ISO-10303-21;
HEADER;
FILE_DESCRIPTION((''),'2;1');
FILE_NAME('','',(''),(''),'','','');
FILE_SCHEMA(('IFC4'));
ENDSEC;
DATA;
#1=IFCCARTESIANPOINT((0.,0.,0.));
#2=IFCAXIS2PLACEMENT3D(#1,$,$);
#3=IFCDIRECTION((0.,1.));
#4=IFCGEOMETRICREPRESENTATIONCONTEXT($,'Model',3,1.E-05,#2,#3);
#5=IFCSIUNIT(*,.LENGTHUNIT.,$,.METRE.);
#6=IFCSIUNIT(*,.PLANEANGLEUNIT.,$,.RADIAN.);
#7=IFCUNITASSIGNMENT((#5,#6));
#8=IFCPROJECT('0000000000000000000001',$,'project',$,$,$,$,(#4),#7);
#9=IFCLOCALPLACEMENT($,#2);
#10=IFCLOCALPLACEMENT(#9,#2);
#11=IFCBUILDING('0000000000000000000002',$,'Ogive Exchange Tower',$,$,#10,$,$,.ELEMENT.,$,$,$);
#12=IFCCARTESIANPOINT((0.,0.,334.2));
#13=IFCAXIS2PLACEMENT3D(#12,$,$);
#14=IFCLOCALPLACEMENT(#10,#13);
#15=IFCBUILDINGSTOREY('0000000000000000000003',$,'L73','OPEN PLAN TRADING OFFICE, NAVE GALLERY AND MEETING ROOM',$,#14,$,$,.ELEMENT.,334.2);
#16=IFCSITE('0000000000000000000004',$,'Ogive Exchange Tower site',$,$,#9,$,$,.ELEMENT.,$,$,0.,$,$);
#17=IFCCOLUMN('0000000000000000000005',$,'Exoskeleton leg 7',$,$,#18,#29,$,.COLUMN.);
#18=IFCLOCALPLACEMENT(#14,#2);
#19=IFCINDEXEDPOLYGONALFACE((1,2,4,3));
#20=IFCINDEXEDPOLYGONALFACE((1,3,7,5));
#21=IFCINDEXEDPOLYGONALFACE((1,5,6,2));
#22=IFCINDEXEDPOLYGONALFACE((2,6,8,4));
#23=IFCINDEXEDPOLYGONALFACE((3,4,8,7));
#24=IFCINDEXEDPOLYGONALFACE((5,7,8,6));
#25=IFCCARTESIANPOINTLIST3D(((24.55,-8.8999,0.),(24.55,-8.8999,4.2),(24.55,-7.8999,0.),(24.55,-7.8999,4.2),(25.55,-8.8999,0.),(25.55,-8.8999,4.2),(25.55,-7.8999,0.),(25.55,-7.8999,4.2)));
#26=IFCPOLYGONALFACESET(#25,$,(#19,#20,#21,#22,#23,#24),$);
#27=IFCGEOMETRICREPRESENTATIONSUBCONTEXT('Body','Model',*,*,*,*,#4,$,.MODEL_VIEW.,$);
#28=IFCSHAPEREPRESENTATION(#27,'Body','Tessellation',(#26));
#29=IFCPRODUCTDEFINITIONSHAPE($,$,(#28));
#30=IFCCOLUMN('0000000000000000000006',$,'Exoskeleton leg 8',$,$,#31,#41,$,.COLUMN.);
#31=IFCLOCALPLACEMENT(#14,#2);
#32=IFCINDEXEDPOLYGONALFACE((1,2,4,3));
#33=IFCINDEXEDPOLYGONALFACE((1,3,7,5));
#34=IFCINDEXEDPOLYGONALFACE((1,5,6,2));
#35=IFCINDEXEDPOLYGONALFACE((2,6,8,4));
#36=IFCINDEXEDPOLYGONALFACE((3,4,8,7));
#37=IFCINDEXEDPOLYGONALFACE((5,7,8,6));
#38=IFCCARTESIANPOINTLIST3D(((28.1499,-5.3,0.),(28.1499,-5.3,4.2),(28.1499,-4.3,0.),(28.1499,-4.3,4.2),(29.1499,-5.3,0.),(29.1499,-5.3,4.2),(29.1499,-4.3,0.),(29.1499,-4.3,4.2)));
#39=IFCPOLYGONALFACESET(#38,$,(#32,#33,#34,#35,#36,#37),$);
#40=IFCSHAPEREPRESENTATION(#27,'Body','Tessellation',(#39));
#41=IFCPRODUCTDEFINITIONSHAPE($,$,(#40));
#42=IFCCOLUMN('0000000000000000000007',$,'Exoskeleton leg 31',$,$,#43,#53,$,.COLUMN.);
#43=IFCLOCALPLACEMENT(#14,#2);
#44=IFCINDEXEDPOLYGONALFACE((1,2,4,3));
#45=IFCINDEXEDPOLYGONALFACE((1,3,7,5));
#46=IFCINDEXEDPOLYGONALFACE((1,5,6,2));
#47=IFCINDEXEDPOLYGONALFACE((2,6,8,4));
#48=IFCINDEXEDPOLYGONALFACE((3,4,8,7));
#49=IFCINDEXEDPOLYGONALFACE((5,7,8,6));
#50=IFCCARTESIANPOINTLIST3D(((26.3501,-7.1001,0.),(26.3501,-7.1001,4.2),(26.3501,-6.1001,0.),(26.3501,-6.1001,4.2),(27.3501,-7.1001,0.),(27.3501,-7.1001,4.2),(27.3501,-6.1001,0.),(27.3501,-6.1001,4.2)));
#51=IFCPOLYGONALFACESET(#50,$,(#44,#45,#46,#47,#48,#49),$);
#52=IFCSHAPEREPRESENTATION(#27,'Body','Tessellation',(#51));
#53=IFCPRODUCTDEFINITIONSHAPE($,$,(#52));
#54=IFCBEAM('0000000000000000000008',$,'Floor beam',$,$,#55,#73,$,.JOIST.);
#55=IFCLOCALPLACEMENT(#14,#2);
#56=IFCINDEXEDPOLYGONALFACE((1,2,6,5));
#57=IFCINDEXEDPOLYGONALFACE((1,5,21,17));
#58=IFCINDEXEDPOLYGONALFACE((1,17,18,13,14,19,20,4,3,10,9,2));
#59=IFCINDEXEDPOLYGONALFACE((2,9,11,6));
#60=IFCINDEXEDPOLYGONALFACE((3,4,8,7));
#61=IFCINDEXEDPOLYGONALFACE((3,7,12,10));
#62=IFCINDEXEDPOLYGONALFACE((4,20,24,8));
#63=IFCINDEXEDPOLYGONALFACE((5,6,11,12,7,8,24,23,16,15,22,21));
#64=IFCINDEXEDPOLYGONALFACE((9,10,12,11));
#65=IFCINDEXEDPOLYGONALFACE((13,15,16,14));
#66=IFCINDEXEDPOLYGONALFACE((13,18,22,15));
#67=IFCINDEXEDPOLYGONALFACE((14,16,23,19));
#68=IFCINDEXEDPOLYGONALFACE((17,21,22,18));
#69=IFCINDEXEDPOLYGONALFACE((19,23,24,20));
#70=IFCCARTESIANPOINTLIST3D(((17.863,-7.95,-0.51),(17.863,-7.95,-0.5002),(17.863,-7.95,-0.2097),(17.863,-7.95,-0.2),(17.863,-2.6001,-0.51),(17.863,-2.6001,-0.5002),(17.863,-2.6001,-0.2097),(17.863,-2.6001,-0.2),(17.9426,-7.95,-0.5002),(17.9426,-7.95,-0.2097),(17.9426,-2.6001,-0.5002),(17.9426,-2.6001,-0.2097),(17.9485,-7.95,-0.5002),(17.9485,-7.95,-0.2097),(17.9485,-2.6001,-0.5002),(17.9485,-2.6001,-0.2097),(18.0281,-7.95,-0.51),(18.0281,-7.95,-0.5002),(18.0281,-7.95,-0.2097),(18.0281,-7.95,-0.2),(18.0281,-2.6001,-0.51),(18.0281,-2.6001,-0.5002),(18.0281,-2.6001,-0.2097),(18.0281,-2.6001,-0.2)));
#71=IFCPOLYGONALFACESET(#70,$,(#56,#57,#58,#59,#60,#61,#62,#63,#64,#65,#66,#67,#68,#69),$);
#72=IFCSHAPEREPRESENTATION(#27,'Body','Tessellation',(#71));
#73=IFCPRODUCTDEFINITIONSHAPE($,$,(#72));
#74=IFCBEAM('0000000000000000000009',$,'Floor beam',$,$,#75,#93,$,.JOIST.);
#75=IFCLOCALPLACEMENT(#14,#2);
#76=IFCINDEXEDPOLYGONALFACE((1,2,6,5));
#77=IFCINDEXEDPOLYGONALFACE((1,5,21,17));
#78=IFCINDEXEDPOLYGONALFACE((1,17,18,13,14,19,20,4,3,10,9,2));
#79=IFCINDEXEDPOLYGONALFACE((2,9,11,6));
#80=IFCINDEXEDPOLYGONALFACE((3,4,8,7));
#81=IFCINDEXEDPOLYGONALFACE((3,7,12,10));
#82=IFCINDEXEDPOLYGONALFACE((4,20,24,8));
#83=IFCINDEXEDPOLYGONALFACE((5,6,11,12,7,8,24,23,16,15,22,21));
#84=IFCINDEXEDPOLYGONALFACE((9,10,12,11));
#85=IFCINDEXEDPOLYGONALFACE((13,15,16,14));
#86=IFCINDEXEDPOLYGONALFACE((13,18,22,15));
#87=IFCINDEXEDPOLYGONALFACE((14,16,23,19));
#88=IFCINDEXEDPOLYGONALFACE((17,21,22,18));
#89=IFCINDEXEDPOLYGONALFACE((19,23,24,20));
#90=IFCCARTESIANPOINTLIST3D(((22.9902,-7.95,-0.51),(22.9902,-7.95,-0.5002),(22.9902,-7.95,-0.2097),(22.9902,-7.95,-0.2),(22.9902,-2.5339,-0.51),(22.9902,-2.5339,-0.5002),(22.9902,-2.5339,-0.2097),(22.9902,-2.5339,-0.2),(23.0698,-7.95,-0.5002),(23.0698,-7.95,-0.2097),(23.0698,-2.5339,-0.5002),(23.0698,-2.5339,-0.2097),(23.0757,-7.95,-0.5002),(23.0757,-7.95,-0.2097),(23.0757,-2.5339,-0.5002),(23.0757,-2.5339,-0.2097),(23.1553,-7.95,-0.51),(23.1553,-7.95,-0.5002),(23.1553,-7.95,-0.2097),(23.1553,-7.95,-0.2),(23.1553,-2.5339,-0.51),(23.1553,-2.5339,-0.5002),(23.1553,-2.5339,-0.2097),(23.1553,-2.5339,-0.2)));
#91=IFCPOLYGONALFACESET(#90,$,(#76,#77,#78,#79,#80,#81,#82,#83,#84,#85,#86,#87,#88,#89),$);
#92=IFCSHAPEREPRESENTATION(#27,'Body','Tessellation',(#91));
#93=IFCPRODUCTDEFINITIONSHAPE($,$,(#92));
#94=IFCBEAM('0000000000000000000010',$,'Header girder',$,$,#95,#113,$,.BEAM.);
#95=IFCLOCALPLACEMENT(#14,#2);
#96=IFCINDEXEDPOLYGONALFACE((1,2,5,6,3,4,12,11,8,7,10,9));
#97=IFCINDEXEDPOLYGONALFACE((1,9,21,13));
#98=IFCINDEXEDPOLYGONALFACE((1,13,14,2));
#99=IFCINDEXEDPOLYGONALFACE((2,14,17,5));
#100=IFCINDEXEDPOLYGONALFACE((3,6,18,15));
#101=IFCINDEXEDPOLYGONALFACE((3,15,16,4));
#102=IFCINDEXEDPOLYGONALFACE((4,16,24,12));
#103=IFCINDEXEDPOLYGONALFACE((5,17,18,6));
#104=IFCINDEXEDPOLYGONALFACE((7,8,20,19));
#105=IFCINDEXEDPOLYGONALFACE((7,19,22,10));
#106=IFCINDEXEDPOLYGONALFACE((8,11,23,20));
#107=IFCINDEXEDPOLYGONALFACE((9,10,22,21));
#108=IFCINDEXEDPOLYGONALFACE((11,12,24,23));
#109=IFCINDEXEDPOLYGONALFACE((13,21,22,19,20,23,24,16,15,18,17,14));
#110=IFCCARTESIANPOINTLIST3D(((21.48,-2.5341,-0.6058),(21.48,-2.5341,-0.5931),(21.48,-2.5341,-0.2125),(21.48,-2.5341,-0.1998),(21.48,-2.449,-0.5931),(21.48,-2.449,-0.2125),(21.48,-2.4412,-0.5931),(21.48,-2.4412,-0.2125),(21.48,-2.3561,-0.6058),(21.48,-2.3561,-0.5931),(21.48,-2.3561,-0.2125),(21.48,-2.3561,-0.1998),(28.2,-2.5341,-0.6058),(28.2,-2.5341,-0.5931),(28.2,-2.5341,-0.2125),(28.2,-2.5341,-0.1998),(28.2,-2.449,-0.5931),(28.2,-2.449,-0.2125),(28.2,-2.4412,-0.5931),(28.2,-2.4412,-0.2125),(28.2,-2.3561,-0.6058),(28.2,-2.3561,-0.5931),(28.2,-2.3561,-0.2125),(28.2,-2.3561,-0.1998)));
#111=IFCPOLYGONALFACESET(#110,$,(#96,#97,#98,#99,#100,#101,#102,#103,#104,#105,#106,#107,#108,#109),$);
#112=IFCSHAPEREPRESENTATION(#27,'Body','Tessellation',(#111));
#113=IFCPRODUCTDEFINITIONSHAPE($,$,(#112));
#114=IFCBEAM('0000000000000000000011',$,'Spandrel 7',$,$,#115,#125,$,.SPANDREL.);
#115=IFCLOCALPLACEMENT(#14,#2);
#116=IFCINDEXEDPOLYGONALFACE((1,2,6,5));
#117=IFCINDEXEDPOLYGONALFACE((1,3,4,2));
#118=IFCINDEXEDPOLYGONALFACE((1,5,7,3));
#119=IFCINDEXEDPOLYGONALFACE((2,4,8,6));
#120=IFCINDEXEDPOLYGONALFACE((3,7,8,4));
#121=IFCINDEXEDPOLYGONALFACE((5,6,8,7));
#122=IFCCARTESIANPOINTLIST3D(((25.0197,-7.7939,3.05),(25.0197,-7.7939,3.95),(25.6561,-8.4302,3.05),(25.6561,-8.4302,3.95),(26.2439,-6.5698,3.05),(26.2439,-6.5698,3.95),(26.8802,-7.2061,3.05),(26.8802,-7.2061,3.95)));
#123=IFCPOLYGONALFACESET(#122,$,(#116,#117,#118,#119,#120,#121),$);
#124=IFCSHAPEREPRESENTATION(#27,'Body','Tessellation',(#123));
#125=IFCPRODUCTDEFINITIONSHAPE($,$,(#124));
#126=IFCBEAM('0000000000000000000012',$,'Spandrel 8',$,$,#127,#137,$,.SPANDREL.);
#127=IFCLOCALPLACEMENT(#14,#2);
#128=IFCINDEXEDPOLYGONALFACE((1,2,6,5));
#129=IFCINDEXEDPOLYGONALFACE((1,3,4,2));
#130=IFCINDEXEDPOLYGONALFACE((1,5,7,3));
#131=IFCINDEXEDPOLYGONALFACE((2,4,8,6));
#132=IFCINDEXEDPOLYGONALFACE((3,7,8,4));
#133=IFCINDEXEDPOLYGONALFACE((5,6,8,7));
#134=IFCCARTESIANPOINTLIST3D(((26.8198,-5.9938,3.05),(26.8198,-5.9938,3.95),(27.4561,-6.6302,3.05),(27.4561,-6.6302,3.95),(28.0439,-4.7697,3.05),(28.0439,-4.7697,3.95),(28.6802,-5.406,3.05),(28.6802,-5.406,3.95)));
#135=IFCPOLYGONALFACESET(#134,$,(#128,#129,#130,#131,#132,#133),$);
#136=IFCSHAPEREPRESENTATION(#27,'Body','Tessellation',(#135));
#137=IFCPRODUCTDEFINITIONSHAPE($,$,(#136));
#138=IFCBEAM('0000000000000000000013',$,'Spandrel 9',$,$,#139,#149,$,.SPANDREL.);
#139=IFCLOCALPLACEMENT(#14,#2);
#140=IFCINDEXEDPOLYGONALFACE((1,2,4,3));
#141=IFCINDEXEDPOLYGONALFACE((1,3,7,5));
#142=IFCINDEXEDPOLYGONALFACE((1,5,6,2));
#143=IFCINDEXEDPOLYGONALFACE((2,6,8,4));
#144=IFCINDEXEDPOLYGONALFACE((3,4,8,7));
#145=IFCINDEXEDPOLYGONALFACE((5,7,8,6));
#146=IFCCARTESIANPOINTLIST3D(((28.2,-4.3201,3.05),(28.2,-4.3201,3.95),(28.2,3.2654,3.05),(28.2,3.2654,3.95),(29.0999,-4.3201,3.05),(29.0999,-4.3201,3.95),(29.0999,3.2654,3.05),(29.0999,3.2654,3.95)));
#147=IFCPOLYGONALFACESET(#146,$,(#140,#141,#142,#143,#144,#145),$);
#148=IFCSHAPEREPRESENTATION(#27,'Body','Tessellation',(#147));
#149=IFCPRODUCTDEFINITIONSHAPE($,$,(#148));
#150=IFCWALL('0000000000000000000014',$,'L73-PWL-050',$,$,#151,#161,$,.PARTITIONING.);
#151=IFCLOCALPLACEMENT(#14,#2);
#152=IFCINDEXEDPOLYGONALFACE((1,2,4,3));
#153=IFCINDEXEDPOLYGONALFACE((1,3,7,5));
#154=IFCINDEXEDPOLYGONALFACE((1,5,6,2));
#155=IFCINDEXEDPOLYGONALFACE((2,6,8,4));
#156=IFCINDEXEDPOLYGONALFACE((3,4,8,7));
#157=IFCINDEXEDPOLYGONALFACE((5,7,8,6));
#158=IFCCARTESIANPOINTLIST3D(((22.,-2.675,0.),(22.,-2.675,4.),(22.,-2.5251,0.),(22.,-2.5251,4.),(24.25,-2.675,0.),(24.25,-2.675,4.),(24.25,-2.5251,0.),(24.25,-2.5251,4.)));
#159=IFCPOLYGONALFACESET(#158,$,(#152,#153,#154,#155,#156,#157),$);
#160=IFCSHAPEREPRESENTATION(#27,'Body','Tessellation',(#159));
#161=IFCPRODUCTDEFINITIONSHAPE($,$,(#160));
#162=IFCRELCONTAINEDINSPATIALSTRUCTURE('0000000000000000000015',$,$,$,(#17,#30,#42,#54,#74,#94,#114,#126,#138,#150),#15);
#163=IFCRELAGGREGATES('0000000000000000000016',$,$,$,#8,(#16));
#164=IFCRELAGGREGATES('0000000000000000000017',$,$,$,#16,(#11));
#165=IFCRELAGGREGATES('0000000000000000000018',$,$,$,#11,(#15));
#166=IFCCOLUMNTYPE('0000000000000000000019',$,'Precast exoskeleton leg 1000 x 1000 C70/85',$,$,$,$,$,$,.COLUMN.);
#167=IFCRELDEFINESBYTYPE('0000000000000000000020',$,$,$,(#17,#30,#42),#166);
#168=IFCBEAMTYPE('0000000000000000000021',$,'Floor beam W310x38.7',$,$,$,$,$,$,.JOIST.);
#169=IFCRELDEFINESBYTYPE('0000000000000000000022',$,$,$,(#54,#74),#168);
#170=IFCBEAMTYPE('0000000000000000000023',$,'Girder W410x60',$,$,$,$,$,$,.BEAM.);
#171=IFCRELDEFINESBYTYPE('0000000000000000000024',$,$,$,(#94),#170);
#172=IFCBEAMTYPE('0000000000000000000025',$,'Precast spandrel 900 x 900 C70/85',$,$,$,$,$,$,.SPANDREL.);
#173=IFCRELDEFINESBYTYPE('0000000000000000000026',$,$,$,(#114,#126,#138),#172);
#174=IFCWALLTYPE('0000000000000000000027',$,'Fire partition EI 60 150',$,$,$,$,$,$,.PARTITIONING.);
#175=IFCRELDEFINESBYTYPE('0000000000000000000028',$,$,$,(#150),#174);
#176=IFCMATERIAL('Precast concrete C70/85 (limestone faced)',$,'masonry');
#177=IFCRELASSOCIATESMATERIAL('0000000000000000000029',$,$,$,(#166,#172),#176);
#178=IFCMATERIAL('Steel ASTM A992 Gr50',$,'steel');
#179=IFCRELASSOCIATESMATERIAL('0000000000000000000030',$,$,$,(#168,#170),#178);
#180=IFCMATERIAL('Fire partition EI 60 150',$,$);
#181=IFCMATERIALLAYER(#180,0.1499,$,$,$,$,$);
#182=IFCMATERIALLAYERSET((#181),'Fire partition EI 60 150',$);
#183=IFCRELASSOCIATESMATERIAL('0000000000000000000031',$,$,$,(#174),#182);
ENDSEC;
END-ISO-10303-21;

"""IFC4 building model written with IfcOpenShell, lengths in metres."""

from ifc_helpers import new_model, si_unit, direction, frame, frame_2d, origin, origin_2d, place, context, subcontext, project, spatial, rectangle, i_section, extrude, material, layer, layer_set, material_profile, profile_set, type_object, element, save


model = new_model("IFC4")

# Units and contexts
model_context = context("Model", 3, precision=1e-05, world=origin(), true_north=direction((0.0, 1.0)))
body_context = subcontext(model_context, "Body", "Model", "MODEL_VIEW")
ifc_project = project(units=[si_unit("LENGTHUNIT", "METRE"), si_unit("PLANEANGLEUNIT", "RADIAN")], contexts=[model_context])

# Site, building, storey
site_placement = place(None, origin())
site = spatial("IfcSite", under=ifc_project, at=site_placement, Name="Ogive Exchange Tower site", CompositionType="ELEMENT", RefElevation=0.0)
building_placement = place(site_placement, origin())
building = spatial("IfcBuilding", under=site, at=building_placement, Name="Ogive Exchange Tower", CompositionType="ELEMENT")
storey_placement = place(building_placement, frame((0.0, 0.0, 334.2)))
storey = spatial("IfcBuildingStorey", under=building, at=storey_placement, Name="L73", Description="OPEN PLAN TRADING OFFICE, NAVE GALLERY AND MEETING ROOM", CompositionType="ELEMENT", Elevation=334.2)

# Columns
ifc_material_1 = material(Name="Precast concrete C70/85 (limestone faced)", Category="masonry")
ifc_material_profile_1 = material_profile(ifc_material_1, rectangle(XDim=1.0, YDim=1.0, at=origin_2d()), Name="1000 x 1000")
ifc_profile_set_1 = profile_set([ifc_material_profile_1], Name="Precast concrete C70/85 (limestone faced)")
column_type = type_object("IfcColumnType", Name="Precast exoskeleton leg 1000 x 1000 C70/85", PredefinedType="COLUMN", material=ifc_profile_set_1)
for number, where, z_axis, x_axis, name in (
    (1, (25.05, -8.3999, 0.0), (0.0, 0.0, 1.0), (1.0, 0.0, 0.0), "Exoskeleton leg 7"),
    (2, (28.6499, -4.8, 0.0), (0.0, 0.0, 1.0), (1.0, 0.0, 0.0), "Exoskeleton leg 8"),
    (3, (26.8501, -6.6001, 0.0), (0.0, 0.0, 1.0), (1.0, 0.0, 0.0), "Exoskeleton leg 31"),
):
    element("IfcColumn", number, at=place(storey_placement, frame(where, z_axis=z_axis, x_axis=x_axis)), inside=storey, type_object=column_type, Name=name, PredefinedType="COLUMN", context=body_context, shape_type="SweptSolid", body=[
        extrude(rectangle(XDim=1.0, YDim=1.0, at=origin_2d()), origin(), (0.0, 0.0, 1.0), 4.2),
    ])

# Beams
ifc_material_2 = material(Name="Steel ASTM A992 Gr50", Category="steel")
ifc_material_profile_2 = material_profile(ifc_material_2, i_section(OverallWidth=0.165, OverallDepth=0.3101, WebThickness=0.0059, FlangeThickness=0.0098, at=origin_2d()), Name="W310x38.7")
ifc_profile_set_2 = profile_set([ifc_material_profile_2], Name="Steel ASTM A992 Gr50")
beam_type_1 = type_object("IfcBeamType", Name="Floor beam W310x38.7", PredefinedType="JOIST", material=ifc_profile_set_2)
beam_1_placement = place(storey_placement, frame((17.9456, -7.95, -0.355), z_axis=(0.0, 1.0, 0.0), x_axis=(-1.0, 0.0, 0.0)))
element("IfcBeam", 4, at=beam_1_placement, inside=storey, type_object=beam_type_1, Name="Floor beam", PredefinedType="JOIST", context=body_context, shape_type="SweptSolid", body=[
    extrude(i_section(OverallWidth=0.165, OverallDepth=0.3101, WebThickness=0.0059, FlangeThickness=0.0098, at=origin_2d()), origin(), (0.0, 0.0, 1.0), 5.3499),
])
beam_2_placement = place(storey_placement, frame((23.0728, -7.95, -0.355), z_axis=(0.0, 1.0, 0.0), x_axis=(-1.0, 0.0, 0.0)))
element("IfcBeam", 5, at=beam_2_placement, inside=storey, type_object=beam_type_1, Name="Floor beam", PredefinedType="JOIST", context=body_context, shape_type="SweptSolid", body=[
    extrude(i_section(OverallWidth=0.165, OverallDepth=0.3101, WebThickness=0.0059, FlangeThickness=0.0098, at=origin_2d()), origin(), (0.0, 0.0, 1.0), 5.416),
])
ifc_material_profile_3 = material_profile(ifc_material_2, i_section(OverallWidth=0.178, OverallDepth=0.406, WebThickness=0.0078, FlangeThickness=0.0127, at=origin_2d()), Name="W410x60")
ifc_profile_set_3 = profile_set([ifc_material_profile_3], Name="Steel ASTM A992 Gr50")
beam_type_2 = type_object("IfcBeamType", Name="Girder W410x60", PredefinedType="BEAM", material=ifc_profile_set_3)
beam_3_placement = place(storey_placement, frame((21.48, -2.4451, -0.4028), z_axis=(1.0, 0.0, 0.0), x_axis=(0.0, 1.0, 0.0)))
element("IfcBeam", 6, at=beam_3_placement, inside=storey, type_object=beam_type_2, Name="Header girder", PredefinedType="BEAM", context=body_context, shape_type="SweptSolid", body=[
    extrude(i_section(OverallWidth=0.178, OverallDepth=0.406, WebThickness=0.0078, FlangeThickness=0.0127, at=origin_2d()), origin(), (0.0, 0.0, 1.0), 6.72),
])
ifc_material_profile_4 = material_profile(ifc_material_1, rectangle(XDim=0.8999, YDim=0.8999, at=origin_2d()), Name="900 x 900")
ifc_profile_set_4 = profile_set([ifc_material_profile_4], Name="Precast concrete C70/85 (limestone faced)")
beam_type_3 = type_object("IfcBeamType", Name="Precast spandrel 900 x 900 C70/85", PredefinedType="SPANDREL", material=ifc_profile_set_4)
for number, where, z_axis, x_axis, name in (
    (7, (25.3379, -8.1121, 3.5), (0.707107, 0.707107, 0.0), (-0.707107, 0.707107, 0.0), "Spandrel 7"),
    (8, (27.1379, -6.312, 3.5), (0.707107, 0.707107, 0.0), (-0.707107, 0.707107, 0.0), "Spandrel 8"),
):
    element("IfcBeam", number, at=place(storey_placement, frame(where, z_axis=z_axis, x_axis=x_axis)), inside=storey, type_object=beam_type_3, Name=name, PredefinedType="SPANDREL", context=body_context, shape_type="SweptSolid", body=[
        extrude(rectangle(XDim=0.8999, YDim=0.8999, at=origin_2d()), origin(), (0.0, 0.0, 1.0), 1.7312),
    ])
beam_4_placement = place(storey_placement, frame((28.6499, -4.3201, 3.5), z_axis=(0.0, 1.0, 0.0), x_axis=(-1.0, 0.0, 0.0)))
element("IfcBeam", 9, at=beam_4_placement, inside=storey, type_object=beam_type_3, Name="Spandrel 9", PredefinedType="SPANDREL", context=body_context, shape_type="SweptSolid", body=[
    extrude(rectangle(XDim=0.8999, YDim=0.8999, at=origin_2d()), origin(), (0.0, 0.0, 1.0), 7.5854),
])

# Wall
ifc_material_3 = material(Name="Fire partition EI 60 150")
ifc_layer_1 = layer(ifc_material_3, 0.1499)
ifc_layer_set_1 = layer_set([ifc_layer_1], Name="Fire partition EI 60 150")
wall_type_1 = type_object("IfcWallType", Name="Fire partition EI 60 150", PredefinedType="PARTITIONING", material=ifc_layer_set_1)
wall_1_placement = place(storey_placement, frame((22.0, -2.6001, 0.0), z_axis=(0.0, 0.0, 1.0), x_axis=(1.0, 0.0, 0.0)))
element("IfcWall", 10, at=wall_1_placement, inside=storey, type_object=wall_type_1, Name="L73-PWL-050", PredefinedType="PARTITIONING", context=body_context, shape_type="SweptSolid", body=[
    extrude(rectangle(XDim=2.25, YDim=0.1499, at=frame_2d((1.125, 0.0))), origin(), (0.0, 0.0, 1.0), 4.0),
])

save(model, "model.ifc")
